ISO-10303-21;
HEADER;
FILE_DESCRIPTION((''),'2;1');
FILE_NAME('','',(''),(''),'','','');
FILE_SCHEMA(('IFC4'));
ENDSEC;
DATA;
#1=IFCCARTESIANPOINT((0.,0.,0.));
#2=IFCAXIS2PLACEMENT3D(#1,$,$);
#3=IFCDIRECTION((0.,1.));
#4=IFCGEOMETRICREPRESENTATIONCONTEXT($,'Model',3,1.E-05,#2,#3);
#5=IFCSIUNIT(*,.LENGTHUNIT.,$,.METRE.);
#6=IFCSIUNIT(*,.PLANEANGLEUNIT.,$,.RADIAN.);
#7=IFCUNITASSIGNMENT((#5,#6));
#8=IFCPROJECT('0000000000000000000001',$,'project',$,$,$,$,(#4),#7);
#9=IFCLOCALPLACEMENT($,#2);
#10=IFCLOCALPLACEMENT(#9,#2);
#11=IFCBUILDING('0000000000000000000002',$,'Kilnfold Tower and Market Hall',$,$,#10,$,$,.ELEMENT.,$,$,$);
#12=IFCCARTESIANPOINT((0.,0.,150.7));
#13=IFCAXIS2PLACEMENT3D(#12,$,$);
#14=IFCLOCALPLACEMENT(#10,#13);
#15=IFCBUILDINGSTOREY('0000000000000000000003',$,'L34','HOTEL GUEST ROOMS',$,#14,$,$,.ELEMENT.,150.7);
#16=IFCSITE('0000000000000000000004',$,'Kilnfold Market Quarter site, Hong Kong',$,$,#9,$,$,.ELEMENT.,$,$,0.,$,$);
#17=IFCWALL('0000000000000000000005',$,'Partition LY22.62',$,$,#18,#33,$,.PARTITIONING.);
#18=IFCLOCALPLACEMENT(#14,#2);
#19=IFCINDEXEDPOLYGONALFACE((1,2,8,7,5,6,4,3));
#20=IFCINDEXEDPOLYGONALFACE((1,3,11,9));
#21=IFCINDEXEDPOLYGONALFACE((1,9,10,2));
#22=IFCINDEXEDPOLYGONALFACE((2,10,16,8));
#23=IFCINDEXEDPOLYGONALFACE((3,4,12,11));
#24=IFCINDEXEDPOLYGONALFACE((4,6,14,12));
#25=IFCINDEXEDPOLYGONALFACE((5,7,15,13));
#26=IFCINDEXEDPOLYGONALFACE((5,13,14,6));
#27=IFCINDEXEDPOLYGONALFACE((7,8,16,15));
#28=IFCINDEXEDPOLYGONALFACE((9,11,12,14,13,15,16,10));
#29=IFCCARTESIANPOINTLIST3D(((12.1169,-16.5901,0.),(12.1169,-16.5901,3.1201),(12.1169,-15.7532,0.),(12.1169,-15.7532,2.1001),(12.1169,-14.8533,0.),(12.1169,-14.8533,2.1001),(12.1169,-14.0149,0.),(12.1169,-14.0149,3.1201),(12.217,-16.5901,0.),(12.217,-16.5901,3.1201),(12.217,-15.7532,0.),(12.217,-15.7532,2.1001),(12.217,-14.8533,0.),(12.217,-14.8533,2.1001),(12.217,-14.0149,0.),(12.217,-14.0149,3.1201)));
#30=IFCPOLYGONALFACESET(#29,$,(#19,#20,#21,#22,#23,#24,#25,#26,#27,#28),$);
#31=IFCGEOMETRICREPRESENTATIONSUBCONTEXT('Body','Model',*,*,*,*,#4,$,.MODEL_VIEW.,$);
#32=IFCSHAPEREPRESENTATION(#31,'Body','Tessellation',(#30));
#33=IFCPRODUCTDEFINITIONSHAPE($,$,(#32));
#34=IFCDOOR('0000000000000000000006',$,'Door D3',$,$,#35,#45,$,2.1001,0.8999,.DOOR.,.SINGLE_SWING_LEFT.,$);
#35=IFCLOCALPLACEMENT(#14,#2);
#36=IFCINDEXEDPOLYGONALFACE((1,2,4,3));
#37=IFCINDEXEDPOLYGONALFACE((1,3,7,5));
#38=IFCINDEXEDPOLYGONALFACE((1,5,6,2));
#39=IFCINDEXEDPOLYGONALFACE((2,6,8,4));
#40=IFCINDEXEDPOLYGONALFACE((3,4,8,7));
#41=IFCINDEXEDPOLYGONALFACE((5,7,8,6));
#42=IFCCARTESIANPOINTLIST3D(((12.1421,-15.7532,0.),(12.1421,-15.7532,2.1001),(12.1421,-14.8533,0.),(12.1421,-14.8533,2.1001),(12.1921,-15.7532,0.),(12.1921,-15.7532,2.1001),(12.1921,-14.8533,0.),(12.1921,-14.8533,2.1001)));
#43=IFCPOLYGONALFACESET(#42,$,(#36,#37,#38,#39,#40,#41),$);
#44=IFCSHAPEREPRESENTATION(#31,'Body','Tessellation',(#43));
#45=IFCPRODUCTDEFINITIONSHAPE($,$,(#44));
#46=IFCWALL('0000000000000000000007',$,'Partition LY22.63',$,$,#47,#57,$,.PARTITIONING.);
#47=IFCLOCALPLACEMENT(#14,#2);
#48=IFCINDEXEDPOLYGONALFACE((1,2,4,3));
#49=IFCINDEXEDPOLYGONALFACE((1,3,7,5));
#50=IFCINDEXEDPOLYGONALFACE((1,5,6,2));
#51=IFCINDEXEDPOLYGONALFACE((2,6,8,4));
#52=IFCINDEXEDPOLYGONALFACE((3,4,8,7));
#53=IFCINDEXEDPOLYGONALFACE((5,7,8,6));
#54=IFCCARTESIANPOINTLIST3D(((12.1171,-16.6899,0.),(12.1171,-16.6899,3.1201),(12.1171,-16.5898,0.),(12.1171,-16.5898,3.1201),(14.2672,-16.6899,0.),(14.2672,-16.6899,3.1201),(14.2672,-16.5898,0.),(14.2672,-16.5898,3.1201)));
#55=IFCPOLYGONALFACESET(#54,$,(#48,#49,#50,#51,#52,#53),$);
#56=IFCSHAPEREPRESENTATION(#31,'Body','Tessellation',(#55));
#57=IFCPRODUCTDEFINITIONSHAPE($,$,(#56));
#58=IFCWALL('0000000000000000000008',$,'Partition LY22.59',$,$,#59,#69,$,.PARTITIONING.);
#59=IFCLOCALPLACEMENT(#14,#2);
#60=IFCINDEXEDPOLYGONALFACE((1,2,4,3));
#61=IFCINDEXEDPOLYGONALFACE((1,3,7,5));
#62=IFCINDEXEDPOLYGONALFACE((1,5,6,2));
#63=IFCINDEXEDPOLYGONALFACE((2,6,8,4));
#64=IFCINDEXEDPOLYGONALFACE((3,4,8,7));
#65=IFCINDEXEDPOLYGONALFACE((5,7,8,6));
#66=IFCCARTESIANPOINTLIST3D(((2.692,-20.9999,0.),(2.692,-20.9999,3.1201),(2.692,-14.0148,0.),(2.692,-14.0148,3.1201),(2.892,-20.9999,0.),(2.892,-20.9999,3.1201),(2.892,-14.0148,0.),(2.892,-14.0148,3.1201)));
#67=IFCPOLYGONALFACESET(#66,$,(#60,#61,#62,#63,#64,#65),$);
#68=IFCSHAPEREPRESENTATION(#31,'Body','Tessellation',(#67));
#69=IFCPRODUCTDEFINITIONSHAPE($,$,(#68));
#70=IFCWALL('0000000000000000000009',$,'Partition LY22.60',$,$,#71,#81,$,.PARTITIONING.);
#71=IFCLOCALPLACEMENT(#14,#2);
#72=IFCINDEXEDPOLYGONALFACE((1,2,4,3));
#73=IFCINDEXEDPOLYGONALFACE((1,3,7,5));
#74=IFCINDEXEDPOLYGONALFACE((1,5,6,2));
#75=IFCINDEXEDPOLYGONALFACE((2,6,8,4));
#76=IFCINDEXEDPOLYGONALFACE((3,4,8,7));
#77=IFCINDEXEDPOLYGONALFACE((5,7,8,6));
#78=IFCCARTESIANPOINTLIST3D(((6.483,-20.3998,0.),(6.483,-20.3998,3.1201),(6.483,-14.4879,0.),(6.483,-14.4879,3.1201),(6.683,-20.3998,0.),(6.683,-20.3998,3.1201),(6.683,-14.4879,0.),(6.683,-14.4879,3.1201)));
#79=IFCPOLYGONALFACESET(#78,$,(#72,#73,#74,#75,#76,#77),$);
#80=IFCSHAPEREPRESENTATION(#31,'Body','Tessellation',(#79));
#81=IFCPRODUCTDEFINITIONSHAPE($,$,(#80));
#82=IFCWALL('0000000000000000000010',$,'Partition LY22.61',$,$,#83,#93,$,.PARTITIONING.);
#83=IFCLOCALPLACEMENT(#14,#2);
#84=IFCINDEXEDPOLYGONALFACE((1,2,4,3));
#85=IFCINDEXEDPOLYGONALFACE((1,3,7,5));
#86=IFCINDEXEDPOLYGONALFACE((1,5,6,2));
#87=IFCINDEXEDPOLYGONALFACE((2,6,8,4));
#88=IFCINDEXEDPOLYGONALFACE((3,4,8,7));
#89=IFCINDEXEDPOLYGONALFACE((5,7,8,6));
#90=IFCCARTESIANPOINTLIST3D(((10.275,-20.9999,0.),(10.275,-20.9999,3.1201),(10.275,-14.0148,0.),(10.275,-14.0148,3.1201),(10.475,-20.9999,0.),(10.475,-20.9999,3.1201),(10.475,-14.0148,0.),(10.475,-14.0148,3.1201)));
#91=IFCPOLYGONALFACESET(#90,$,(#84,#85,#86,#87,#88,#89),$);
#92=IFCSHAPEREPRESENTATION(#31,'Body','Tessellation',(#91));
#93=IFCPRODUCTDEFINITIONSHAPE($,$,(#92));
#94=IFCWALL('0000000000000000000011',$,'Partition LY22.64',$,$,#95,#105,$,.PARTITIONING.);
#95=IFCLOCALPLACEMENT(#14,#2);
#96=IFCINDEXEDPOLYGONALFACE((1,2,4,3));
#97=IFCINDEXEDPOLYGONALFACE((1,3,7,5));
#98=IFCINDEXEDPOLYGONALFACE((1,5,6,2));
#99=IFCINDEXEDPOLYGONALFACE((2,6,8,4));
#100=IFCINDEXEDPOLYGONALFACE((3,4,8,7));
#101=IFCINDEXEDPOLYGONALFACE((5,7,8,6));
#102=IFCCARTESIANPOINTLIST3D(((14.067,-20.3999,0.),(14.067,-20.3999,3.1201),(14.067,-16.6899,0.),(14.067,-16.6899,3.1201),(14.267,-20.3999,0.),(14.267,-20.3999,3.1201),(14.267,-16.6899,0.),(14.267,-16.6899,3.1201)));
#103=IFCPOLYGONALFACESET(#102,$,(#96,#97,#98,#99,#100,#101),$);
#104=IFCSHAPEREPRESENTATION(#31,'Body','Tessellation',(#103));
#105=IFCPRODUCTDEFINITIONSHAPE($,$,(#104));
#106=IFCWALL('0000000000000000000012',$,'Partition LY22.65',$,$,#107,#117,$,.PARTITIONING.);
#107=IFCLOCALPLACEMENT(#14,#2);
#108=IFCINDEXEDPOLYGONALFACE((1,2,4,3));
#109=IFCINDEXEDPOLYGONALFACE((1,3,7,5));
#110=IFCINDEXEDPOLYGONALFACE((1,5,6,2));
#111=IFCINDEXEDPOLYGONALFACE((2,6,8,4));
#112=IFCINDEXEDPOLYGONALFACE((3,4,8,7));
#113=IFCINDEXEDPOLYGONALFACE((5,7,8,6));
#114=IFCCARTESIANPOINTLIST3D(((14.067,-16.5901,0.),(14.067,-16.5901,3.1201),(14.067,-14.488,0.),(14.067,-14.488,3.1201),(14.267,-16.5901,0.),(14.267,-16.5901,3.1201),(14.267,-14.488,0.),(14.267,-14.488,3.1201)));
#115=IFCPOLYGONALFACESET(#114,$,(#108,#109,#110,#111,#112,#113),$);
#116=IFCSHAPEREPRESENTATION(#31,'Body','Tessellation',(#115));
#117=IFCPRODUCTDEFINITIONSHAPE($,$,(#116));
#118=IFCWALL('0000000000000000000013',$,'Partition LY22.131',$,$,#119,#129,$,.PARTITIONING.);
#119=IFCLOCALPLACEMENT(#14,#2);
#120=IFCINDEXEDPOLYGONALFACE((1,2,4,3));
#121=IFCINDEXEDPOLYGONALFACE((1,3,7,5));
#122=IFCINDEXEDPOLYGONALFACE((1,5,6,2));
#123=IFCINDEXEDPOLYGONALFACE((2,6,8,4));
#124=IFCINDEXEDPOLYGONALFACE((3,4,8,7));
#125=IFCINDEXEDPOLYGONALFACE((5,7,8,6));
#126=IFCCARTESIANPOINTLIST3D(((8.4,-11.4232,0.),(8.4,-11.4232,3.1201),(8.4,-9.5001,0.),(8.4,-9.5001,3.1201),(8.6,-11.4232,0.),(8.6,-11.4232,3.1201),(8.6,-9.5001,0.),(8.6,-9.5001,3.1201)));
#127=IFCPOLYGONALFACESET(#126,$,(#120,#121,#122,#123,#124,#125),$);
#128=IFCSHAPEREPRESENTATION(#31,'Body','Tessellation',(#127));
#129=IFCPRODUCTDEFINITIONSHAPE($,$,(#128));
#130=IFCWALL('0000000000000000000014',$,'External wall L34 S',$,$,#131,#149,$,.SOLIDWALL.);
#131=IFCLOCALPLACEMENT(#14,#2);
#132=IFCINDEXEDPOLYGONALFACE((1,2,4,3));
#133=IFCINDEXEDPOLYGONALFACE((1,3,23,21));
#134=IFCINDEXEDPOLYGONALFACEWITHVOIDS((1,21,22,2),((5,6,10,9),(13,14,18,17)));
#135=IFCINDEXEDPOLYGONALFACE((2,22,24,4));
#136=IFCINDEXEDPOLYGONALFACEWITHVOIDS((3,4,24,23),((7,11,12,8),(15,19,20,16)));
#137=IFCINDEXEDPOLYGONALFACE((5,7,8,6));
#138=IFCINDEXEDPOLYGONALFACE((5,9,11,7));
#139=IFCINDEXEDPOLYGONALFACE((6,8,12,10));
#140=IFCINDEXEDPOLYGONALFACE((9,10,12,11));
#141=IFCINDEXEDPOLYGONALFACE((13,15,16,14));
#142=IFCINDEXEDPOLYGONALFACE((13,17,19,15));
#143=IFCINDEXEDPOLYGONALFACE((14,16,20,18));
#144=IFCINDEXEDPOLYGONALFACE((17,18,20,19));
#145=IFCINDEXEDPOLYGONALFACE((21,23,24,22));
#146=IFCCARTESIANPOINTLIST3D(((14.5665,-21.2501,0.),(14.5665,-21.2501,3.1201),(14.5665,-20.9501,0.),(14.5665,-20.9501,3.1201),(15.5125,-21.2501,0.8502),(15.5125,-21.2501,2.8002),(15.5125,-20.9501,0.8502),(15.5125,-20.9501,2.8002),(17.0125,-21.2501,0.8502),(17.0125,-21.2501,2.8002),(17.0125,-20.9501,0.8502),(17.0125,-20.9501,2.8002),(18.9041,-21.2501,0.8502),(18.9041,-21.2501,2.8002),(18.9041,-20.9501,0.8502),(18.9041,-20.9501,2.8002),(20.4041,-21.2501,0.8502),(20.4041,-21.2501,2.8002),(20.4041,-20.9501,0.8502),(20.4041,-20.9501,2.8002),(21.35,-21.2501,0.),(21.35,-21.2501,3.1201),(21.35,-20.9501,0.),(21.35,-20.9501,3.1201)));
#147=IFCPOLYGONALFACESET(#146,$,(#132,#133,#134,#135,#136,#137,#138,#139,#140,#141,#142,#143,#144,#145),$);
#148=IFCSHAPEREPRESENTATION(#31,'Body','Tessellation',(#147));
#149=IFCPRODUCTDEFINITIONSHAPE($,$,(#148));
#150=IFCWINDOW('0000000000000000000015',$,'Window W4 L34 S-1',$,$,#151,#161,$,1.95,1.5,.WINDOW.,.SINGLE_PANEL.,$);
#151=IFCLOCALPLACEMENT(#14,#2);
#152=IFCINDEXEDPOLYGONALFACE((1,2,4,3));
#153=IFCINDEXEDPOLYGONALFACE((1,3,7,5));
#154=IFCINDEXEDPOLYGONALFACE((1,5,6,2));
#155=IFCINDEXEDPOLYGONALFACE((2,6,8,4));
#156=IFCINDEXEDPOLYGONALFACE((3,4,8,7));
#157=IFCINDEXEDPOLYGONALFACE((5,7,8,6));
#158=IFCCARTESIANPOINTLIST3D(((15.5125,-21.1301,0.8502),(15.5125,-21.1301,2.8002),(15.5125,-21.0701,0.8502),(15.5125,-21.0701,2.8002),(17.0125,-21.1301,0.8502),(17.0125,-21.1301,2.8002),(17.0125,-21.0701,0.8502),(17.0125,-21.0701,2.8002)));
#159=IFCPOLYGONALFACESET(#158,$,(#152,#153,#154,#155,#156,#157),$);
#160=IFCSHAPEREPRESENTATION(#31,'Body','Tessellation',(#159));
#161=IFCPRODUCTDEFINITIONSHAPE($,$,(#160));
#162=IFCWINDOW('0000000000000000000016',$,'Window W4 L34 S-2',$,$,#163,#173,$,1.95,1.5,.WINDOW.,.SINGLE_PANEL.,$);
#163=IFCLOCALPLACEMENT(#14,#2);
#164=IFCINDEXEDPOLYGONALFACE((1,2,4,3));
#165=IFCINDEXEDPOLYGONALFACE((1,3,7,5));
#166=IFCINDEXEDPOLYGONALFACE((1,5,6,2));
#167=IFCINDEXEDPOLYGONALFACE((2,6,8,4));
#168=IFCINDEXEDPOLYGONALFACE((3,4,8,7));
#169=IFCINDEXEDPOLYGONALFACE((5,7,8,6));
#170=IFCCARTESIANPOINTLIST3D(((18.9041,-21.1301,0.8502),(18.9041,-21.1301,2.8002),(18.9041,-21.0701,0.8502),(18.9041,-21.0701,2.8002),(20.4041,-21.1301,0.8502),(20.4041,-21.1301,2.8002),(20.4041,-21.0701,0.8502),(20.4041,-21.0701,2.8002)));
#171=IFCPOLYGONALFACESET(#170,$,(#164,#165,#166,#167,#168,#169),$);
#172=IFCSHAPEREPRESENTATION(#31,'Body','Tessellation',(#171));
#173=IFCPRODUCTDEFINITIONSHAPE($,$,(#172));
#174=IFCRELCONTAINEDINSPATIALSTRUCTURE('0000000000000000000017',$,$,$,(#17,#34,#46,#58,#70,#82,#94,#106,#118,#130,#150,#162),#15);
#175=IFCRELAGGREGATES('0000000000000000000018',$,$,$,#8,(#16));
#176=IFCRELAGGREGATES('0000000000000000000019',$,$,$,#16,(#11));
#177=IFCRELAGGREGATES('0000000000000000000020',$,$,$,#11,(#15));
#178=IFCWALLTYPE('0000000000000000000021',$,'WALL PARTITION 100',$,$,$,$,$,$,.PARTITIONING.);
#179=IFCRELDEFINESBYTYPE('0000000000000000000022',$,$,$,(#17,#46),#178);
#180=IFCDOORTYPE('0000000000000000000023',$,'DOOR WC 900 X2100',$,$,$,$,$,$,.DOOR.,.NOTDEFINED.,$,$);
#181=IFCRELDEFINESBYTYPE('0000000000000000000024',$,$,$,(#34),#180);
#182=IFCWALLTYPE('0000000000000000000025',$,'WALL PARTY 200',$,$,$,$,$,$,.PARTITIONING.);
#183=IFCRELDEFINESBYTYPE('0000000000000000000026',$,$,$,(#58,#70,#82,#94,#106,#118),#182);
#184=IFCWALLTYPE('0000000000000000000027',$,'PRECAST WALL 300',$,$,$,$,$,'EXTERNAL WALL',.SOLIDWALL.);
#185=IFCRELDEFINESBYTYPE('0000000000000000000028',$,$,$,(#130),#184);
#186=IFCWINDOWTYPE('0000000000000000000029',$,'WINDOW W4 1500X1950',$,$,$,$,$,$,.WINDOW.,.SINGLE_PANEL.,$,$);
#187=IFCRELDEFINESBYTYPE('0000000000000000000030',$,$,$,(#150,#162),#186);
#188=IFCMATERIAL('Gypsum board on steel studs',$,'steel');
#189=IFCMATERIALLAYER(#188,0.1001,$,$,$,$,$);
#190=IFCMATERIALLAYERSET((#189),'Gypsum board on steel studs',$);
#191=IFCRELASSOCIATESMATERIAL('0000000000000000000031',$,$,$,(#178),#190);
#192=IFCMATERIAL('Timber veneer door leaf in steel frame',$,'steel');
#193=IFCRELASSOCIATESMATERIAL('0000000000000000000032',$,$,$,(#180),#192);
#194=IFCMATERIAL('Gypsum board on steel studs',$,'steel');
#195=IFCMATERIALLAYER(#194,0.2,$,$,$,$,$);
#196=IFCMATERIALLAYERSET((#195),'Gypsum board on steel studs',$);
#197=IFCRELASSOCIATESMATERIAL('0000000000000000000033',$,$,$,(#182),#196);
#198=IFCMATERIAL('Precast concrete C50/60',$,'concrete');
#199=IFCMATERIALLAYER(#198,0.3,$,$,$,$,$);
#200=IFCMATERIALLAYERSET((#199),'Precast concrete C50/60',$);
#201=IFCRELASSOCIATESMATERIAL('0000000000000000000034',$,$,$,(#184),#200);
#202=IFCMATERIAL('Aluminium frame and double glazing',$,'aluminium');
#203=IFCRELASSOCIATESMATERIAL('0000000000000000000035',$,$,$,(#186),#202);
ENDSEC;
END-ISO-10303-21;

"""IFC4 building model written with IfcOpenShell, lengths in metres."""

from ifc_helpers import new_model, si_unit, direction, frame, frame_2d, origin, place, context, subcontext, project, spatial, rectangle, extrude, source, transform, mapped, material, layer, layer_set, type_object, element, fill, save


model = new_model("IFC4")

# Units and contexts
model_context = context("Model", 3, precision=1e-05, world=origin(), true_north=direction((0.0, 1.0)))
body_context = subcontext(model_context, "Body", "Model", "MODEL_VIEW")
ifc_project = project(units=[si_unit("LENGTHUNIT", "METRE"), si_unit("PLANEANGLEUNIT", "RADIAN")], contexts=[model_context])

# Site, building, storey
site_placement = place(None, origin())
site = spatial("IfcSite", under=ifc_project, at=site_placement, Name="Kilnfold Market Quarter site, Hong Kong", CompositionType="ELEMENT", RefElevation=0.0)
building_placement = place(site_placement, origin())
building = spatial("IfcBuilding", under=site, at=building_placement, Name="Kilnfold Tower and Market Hall", CompositionType="ELEMENT")
storey_placement = place(building_placement, frame((0.0, 0.0, 150.7)))
storey = spatial("IfcBuildingStorey", under=building, at=storey_placement, Name="L34", Description="HOTEL GUEST ROOMS", CompositionType="ELEMENT", Elevation=150.7)

# Wall, opening, door
ifc_material_1 = material(Name="Gypsum board on steel studs", Category="steel")
ifc_layer_1 = layer(ifc_material_1, 0.1001)
ifc_layer_set_1 = layer_set([ifc_layer_1], Name="Gypsum board on steel studs")
wall_type_1 = type_object("IfcWallType", Name="WALL PARTITION 100", PredefinedType="PARTITIONING", material=ifc_layer_set_1)
ifc_material_2 = material(Name="Timber veneer door leaf in steel frame", Category="steel")
door_type_1 = type_object("IfcDoorType", Name="DOOR WC 900 X2100", OperationType="NOTDEFINED", PredefinedType="DOOR", material=ifc_material_2)
wall_1_placement = place(storey_placement, frame((12.167, -16.5901, 0.0), z_axis=(0.0, 0.0, 1.0), x_axis=(0.0, 1.0, 0.0)))
wall_1 = element("IfcWall", 1, at=wall_1_placement, inside=storey, type_object=wall_type_1, Name="Partition LY22.62", PredefinedType="PARTITIONING", context=body_context, shape_type="SweptSolid", body=[
    extrude(rectangle(XDim=2.5752, YDim=0.1001, at=frame_2d((1.2876, 0.0))), origin(), (0.0, 0.0, 1.0), 3.1201),
])
opening_1_placement = place(wall_1_placement, frame((0.8369, 0.0, 0.0)))
opening_1 = element("IfcOpeningElement", 2, at=opening_1_placement, cuts=wall_1, PredefinedType="OPENING", context=body_context, shape_type="SweptSolid", body=[
    extrude(rectangle(XDim=0.8999, YDim=2.1001, at=frame_2d((0.45, 1.05))), frame((0.0, 0.0601, 0.0), z_axis=(0.0, -1.0, 0.0), x_axis=(1.0, 0.0, 0.0)), (0.0, 0.0, 1.0), 0.1201),
])
door_1_placement = place(opening_1_placement, origin())
door_1 = element("IfcDoor", 3, at=door_1_placement, inside=storey, type_object=door_type_1, Name="Door D3", OperationType="SINGLE_SWING_LEFT", OverallHeight=2.1001, OverallWidth=0.8999, PredefinedType="DOOR", context=body_context, shape_type="SweptSolid", body=[
    extrude(rectangle(XDim=0.8999, YDim=2.1001, at=frame_2d((0.45, 1.05))), frame((0.0, 0.0249, 0.0), z_axis=(0.0, -1.0, 0.0), x_axis=(1.0, 0.0, 0.0)), (0.0, 0.0, 1.0), 0.05),
])
fill(opening_1, door_1)

# Walls
wall_2_placement = place(storey_placement, frame((12.1169, -16.6399, 0.0), z_axis=(0.0, 0.0, 1.0), x_axis=(1.0, 0.0, 0.0)))
element("IfcWall", 4, at=wall_2_placement, inside=storey, type_object=wall_type_1, Name="Partition LY22.63", PredefinedType="PARTITIONING", context=body_context, shape_type="SweptSolid", body=[
    extrude(rectangle(XDim=2.1501, YDim=0.1001, at=frame_2d((1.0752, 0.0))), origin(), (0.0, 0.0, 1.0), 3.1201),
])
ifc_material_3 = material(Name="Gypsum board on steel studs", Category="steel")
ifc_layer_2 = layer(ifc_material_3, 0.2)
ifc_layer_set_2 = layer_set([ifc_layer_2], Name="Gypsum board on steel studs")
wall_type_2 = type_object("IfcWallType", Name="WALL PARTY 200", PredefinedType="PARTITIONING", material=ifc_layer_set_2)
wall_3_placement = place(storey_placement, frame((2.792, -21.0, 0.0), z_axis=(0.0, 0.0, 1.0), x_axis=(0.0, 1.0, 0.0)))
element("IfcWall", 5, at=wall_3_placement, inside=storey, type_object=wall_type_2, Name="Partition LY22.59", PredefinedType="PARTITIONING", context=body_context, shape_type="SweptSolid", body=[
    extrude(rectangle(XDim=6.9851, YDim=0.2, at=frame_2d((3.4927, 0.0))), origin(), (0.0, 0.0, 1.0), 3.1201),
])
wall_4_placement = place(storey_placement, frame((6.583, -20.3999, 0.0), z_axis=(0.0, 0.0, 1.0), x_axis=(0.0, 1.0, 0.0)))
element("IfcWall", 6, at=wall_4_placement, inside=storey, type_object=wall_type_2, Name="Partition LY22.60", PredefinedType="PARTITIONING", context=body_context, shape_type="SweptSolid", body=[
    extrude(rectangle(XDim=5.9119, YDim=0.2, at=frame_2d((2.9561, 0.0))), origin(), (0.0, 0.0, 1.0), 3.1201),
])
wall_5_placement = place(storey_placement, frame((10.375, -21.0, 0.0), z_axis=(0.0, 0.0, 1.0), x_axis=(0.0, 1.0, 0.0)))
element("IfcWall", 7, at=wall_5_placement, inside=storey, type_object=wall_type_2, Name="Partition LY22.61", PredefinedType="PARTITIONING", context=body_context, shape_type="SweptSolid", body=[
    extrude(rectangle(XDim=6.9851, YDim=0.2, at=frame_2d((3.4927, 0.0))), origin(), (0.0, 0.0, 1.0), 3.1201),
])
wall_6_placement = place(storey_placement, frame((14.167, -20.3999, 0.0), z_axis=(0.0, 0.0, 1.0), x_axis=(0.0, 1.0, 0.0)))
element("IfcWall", 8, at=wall_6_placement, inside=storey, type_object=wall_type_2, Name="Partition LY22.64", PredefinedType="PARTITIONING", context=body_context, shape_type="SweptSolid", body=[
    extrude(rectangle(XDim=3.71, YDim=0.2, at=frame_2d((1.855, 0.0))), origin(), (0.0, 0.0, 1.0), 3.1201),
])
wall_7_placement = place(storey_placement, frame((14.167, -16.5901, 0.0), z_axis=(0.0, 0.0, 1.0), x_axis=(0.0, 1.0, 0.0)))
element("IfcWall", 9, at=wall_7_placement, inside=storey, type_object=wall_type_2, Name="Partition LY22.65", PredefinedType="PARTITIONING", context=body_context, shape_type="SweptSolid", body=[
    extrude(rectangle(XDim=2.1021, YDim=0.2, at=frame_2d((1.051, 0.0))), origin(), (0.0, 0.0, 1.0), 3.1201),
])
wall_8_placement = place(storey_placement, frame((8.5, -11.4231, 0.0), z_axis=(0.0, 0.0, 1.0), x_axis=(0.0, 1.0, 0.0)))
element("IfcWall", 10, at=wall_8_placement, inside=storey, type_object=wall_type_2, Name="Partition LY22.131", PredefinedType="PARTITIONING", context=body_context, shape_type="SweptSolid", body=[
    extrude(rectangle(XDim=1.9231, YDim=0.2, at=frame_2d((0.9614, 0.0))), origin(), (0.0, 0.0, 1.0), 3.1201),
])

# Wall, openings, windows
ifc_material_4 = material(Name="Precast concrete C50/60", Category="concrete")
ifc_layer_3 = layer(ifc_material_4, 0.3)
ifc_layer_set_3 = layer_set([ifc_layer_3], Name="Precast concrete C50/60")
wall_type_3 = type_object("IfcWallType", Name="PRECAST WALL 300", ElementType="EXTERNAL WALL", PredefinedType="SOLIDWALL", material=ifc_layer_set_3)
shared_shape_1 = source(origin(), body_context, "Body", "SweptSolid", [
    extrude(rectangle(XDim=6.7834, YDim=0.3, at=frame_2d((3.3916, 0.0))), origin(), (0.0, 0.0, 1.0), 3.1201),
])
wall_9_placement = place(storey_placement, frame((14.5667, -21.1001, 0.0), z_axis=(0.0, 0.0, 1.0), x_axis=(1.0, 0.0, 0.0)))
wall_9 = element("IfcWall", 11, at=wall_9_placement, inside=storey, type_object=wall_type_3, Name="External wall L34 S", PredefinedType="SOLIDWALL", context=body_context, shape_type="MappedRepresentation", body=[
    mapped(shared_shape_1, transform((0.0, 0.0, 0.0))),
])
opening_2_placement = place(wall_9_placement, frame((0.9458, 0.0, 0.8501)))
opening_2 = element("IfcOpeningElement", 12, at=opening_2_placement, cuts=wall_9, PredefinedType="OPENING", context=body_context, shape_type="SweptSolid", body=[
    extrude(rectangle(XDim=1.5, YDim=1.95, at=frame_2d((0.75, 0.9751))), frame((0.0, 0.1602, 0.0), z_axis=(0.0, -1.0, 0.0), x_axis=(1.0, 0.0, 0.0)), (0.0, 0.0, 1.0), 0.3201),
])
opening_3_placement = place(wall_9_placement, frame((4.3374, 0.0, 0.8501)))
opening_3 = element("IfcOpeningElement", 13, at=opening_3_placement, cuts=wall_9, PredefinedType="OPENING", context=body_context, shape_type="SweptSolid", body=[
    extrude(rectangle(XDim=1.5, YDim=1.95, at=frame_2d((0.75, 0.9751))), frame((0.0, 0.1602, 0.0), z_axis=(0.0, -1.0, 0.0), x_axis=(1.0, 0.0, 0.0)), (0.0, 0.0, 1.0), 0.3201),
])
ifc_material_5 = material(Name="Aluminium frame and double glazing", Category="aluminium")
window_type = type_object("IfcWindowType", Name="WINDOW W4 1500X1950", PartitioningType="SINGLE_PANEL", PredefinedType="WINDOW", material=ifc_material_5)
window_1_placement = place(opening_2_placement, origin())
window_1 = element("IfcWindow", 14, at=window_1_placement, inside=storey, type_object=window_type, Name="Window W4 L34 S-1", OverallHeight=1.95, OverallWidth=1.5, PartitioningType="SINGLE_PANEL", PredefinedType="WINDOW", context=body_context, shape_type="SweptSolid", body=[
    extrude(rectangle(XDim=1.5, YDim=1.95, at=frame_2d((0.75, 0.9751))), frame((0.0, 0.03, 0.0), z_axis=(0.0, -1.0, 0.0), x_axis=(1.0, 0.0, 0.0)), (0.0, 0.0, 1.0), 0.0601),
])
fill(opening_2, window_1)
window_2_placement = place(opening_3_placement, origin())
window_2 = element("IfcWindow", 15, at=window_2_placement, inside=storey, type_object=window_type, Name="Window W4 L34 S-2", OverallHeight=1.95, OverallWidth=1.5, PartitioningType="SINGLE_PANEL", PredefinedType="WINDOW", context=body_context, shape_type="SweptSolid", body=[
    extrude(rectangle(XDim=1.5, YDim=1.95, at=frame_2d((0.75, 0.9751))), frame((0.0, 0.03, 0.0), z_axis=(0.0, -1.0, 0.0), x_axis=(1.0, 0.0, 0.0)), (0.0, 0.0, 1.0), 0.0601),
])
fill(opening_3, window_2)

save(model, "model.ifc")
